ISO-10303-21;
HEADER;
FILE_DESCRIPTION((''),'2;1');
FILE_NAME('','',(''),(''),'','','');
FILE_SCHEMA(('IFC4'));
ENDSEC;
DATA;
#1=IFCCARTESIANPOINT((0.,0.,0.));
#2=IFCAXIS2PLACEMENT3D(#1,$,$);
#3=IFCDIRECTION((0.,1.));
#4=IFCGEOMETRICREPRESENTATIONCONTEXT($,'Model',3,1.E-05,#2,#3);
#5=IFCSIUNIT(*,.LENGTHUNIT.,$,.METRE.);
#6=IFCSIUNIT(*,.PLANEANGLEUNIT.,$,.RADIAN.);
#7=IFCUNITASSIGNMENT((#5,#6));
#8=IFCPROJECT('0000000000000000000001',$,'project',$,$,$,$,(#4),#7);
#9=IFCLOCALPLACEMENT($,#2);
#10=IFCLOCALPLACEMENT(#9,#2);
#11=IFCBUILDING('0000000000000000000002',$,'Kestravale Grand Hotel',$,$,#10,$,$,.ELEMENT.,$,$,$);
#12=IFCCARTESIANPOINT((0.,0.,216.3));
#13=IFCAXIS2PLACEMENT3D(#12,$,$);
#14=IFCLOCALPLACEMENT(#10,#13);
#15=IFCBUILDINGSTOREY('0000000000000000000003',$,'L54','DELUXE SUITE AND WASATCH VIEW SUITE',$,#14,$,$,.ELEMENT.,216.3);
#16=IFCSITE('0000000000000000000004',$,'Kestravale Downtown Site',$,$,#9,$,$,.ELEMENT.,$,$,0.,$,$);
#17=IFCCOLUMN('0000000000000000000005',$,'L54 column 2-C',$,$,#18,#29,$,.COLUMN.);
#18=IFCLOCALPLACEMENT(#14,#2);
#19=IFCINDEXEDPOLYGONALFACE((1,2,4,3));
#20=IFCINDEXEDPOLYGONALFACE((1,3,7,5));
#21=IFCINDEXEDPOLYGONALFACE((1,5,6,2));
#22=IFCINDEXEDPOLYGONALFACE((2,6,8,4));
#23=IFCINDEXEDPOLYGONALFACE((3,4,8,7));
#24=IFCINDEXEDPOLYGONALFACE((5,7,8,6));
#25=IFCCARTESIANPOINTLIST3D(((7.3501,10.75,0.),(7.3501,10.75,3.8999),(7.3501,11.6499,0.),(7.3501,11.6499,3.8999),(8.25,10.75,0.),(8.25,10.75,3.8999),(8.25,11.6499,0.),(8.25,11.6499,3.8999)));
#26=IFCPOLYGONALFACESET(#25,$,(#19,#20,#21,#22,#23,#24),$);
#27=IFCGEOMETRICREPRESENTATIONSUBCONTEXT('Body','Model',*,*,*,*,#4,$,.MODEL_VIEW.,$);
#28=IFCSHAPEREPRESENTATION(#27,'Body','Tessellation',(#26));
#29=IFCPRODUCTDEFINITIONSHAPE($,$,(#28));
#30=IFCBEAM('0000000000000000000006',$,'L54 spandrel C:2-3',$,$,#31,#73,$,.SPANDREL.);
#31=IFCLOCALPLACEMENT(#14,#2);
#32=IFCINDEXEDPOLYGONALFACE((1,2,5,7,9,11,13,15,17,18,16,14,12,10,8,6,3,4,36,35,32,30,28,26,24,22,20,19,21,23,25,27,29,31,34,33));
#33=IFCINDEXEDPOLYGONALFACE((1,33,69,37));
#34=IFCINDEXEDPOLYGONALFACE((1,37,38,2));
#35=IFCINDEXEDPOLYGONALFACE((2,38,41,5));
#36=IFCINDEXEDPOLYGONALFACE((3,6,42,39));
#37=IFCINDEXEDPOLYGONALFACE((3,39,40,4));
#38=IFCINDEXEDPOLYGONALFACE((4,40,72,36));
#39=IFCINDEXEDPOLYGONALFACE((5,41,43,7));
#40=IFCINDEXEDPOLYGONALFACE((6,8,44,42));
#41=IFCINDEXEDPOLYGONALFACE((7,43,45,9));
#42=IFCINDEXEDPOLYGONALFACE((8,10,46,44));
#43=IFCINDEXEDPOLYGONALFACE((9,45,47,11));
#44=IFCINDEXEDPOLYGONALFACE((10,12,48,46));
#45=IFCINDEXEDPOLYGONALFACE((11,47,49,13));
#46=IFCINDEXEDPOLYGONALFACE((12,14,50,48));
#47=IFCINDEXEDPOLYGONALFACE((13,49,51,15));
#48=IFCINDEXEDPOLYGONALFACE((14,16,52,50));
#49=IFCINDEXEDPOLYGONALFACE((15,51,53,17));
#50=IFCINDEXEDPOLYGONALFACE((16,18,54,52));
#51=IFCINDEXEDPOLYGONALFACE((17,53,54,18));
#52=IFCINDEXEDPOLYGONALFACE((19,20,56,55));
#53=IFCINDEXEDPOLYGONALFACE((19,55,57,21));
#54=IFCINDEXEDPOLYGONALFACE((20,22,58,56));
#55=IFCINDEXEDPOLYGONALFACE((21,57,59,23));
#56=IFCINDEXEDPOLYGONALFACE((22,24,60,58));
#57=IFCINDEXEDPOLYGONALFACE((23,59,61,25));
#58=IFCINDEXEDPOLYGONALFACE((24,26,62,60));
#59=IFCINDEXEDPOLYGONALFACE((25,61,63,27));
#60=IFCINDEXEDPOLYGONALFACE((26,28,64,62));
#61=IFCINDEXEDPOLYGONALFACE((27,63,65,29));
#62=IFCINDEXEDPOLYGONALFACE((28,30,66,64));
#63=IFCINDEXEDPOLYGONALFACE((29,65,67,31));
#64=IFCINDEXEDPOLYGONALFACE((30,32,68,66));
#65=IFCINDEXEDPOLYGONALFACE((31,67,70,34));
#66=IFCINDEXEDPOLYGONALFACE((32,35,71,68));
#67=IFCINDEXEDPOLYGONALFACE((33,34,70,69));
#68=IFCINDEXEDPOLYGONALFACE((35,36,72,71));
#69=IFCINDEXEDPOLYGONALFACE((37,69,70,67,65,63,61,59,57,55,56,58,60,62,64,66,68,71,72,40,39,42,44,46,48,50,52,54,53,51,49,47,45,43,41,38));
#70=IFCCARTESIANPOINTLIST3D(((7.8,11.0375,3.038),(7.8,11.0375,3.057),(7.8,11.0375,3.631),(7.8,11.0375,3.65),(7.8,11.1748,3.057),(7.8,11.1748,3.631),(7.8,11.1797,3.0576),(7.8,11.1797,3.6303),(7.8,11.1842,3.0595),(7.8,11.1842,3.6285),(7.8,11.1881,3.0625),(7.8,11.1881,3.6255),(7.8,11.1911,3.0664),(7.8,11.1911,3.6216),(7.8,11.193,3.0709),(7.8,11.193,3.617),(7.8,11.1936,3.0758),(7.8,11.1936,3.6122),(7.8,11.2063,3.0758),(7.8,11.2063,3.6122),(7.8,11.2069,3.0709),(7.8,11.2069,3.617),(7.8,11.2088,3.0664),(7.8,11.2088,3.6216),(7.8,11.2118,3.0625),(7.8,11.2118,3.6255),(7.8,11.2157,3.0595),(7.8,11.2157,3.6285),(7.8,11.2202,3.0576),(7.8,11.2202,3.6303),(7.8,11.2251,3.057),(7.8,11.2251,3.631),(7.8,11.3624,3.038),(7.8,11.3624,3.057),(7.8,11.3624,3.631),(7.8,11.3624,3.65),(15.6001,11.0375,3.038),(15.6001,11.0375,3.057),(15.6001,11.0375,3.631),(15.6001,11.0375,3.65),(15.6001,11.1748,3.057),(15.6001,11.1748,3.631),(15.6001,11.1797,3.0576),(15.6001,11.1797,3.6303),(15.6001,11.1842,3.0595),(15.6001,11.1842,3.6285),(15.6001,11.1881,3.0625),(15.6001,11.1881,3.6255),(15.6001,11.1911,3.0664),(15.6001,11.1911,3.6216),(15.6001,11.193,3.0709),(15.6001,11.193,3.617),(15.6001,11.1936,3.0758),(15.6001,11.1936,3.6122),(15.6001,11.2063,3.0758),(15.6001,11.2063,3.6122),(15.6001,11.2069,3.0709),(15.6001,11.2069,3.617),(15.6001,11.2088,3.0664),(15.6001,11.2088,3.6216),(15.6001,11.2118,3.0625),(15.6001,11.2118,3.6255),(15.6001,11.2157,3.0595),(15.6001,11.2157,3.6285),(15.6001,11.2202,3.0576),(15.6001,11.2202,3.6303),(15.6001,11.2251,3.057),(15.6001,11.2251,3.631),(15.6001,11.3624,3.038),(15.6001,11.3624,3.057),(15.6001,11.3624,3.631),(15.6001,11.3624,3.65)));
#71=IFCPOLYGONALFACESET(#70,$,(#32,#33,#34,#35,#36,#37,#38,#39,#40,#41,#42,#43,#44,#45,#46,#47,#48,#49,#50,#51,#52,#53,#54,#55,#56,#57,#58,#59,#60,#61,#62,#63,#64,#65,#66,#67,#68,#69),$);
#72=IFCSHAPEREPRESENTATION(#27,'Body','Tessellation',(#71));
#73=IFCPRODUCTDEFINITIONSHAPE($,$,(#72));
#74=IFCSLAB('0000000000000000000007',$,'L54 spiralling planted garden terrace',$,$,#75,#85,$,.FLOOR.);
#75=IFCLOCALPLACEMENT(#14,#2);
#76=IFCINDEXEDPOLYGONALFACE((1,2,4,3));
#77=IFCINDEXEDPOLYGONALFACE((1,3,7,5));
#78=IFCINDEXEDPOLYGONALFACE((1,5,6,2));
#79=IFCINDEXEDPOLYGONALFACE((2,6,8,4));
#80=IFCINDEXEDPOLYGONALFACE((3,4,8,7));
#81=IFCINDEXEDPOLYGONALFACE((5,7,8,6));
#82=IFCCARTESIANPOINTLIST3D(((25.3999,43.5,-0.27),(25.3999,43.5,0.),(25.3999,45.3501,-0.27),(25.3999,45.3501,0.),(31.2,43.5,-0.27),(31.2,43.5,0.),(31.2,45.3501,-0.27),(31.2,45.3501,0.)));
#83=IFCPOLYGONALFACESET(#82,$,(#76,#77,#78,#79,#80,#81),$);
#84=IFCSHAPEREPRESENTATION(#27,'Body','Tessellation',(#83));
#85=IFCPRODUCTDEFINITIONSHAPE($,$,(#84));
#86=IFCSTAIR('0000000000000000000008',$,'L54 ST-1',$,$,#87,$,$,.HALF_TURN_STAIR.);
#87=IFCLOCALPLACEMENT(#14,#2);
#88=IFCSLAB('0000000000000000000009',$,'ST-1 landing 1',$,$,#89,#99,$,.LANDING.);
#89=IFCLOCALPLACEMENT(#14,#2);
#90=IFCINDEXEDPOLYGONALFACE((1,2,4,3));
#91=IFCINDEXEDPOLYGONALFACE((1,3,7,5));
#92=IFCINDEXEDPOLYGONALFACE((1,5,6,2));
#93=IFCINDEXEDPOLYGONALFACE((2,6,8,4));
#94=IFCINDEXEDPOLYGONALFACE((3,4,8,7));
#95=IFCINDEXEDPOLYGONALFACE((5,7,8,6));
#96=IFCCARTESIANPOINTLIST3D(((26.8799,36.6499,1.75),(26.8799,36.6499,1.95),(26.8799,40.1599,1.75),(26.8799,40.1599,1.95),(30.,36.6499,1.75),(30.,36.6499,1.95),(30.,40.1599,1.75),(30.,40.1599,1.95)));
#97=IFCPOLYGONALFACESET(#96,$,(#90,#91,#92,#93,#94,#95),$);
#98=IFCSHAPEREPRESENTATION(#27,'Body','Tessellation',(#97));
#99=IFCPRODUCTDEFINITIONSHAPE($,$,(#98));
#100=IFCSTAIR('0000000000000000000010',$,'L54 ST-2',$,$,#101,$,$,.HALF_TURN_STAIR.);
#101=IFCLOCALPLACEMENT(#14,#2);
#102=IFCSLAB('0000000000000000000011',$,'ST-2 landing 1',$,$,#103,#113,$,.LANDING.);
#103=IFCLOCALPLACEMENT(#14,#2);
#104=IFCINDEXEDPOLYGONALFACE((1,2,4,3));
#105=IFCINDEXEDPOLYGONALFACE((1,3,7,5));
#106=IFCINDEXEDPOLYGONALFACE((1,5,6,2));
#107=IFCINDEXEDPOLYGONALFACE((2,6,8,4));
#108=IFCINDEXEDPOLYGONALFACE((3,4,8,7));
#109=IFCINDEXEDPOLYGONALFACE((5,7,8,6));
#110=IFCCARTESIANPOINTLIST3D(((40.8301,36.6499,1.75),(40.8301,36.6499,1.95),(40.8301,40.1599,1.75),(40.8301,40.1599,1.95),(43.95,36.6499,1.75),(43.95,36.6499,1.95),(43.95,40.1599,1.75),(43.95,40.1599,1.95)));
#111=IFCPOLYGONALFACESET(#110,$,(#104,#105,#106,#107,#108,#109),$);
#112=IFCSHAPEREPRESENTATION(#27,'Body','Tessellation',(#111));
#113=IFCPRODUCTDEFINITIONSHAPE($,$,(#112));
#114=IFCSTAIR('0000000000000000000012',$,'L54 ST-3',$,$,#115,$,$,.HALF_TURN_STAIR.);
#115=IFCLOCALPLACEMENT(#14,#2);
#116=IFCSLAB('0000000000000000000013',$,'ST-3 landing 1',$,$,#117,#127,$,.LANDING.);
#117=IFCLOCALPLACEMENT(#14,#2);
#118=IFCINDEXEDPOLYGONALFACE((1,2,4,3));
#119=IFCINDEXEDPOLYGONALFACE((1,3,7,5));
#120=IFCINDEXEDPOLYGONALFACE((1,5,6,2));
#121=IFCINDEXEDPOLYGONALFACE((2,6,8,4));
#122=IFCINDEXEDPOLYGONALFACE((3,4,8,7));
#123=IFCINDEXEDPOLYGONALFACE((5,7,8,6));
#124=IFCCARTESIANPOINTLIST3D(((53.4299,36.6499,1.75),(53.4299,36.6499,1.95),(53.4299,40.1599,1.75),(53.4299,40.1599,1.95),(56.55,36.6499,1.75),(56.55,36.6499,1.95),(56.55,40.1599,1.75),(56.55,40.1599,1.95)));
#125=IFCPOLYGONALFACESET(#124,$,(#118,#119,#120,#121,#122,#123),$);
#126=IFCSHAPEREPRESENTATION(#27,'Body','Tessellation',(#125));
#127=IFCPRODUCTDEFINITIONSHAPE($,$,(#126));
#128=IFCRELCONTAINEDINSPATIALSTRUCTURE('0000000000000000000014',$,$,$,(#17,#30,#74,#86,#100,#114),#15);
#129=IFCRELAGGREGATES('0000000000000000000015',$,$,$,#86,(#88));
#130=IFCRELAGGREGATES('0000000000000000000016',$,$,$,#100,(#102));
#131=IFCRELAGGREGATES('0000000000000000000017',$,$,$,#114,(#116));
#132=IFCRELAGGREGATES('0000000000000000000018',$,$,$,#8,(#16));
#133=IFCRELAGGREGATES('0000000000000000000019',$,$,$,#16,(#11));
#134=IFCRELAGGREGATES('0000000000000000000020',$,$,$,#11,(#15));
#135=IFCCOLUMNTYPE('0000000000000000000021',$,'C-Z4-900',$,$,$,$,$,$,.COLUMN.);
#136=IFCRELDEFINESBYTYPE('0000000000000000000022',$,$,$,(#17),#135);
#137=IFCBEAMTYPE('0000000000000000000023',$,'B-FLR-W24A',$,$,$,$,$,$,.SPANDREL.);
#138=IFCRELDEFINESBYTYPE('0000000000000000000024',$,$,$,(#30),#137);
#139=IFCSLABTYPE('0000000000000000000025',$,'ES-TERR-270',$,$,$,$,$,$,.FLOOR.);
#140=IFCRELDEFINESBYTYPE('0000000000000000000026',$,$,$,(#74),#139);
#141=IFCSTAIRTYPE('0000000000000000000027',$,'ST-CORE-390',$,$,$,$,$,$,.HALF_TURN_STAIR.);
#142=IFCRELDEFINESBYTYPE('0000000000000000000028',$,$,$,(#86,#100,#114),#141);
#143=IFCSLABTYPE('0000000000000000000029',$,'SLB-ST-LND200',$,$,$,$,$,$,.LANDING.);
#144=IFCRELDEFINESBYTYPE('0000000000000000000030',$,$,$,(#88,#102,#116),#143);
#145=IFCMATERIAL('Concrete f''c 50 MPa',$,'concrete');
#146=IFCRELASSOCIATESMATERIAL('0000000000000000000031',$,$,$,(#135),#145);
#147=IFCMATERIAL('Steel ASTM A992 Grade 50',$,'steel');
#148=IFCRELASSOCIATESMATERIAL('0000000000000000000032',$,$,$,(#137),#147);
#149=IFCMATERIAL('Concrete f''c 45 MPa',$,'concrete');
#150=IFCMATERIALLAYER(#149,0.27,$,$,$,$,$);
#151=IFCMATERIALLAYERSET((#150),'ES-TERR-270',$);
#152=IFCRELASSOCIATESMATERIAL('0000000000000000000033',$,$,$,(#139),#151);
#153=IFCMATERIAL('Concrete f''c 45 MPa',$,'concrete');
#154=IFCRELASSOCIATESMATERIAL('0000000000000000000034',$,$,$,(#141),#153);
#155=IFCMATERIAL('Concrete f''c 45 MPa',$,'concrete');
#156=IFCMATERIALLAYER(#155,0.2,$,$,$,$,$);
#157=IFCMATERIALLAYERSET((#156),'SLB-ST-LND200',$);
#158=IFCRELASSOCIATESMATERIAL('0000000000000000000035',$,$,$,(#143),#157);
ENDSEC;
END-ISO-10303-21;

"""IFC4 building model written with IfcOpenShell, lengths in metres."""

from ifc_helpers import new_model, si_unit, direction, frame, origin, origin_2d, place, context, subcontext, project, spatial, polyline, rectangle, i_section, outline, extrude, material, layer, layer_set, material_profile, profile_set, type_object, element, aggregate, save


model = new_model("IFC4")

# Units and contexts
model_context = context("Model", 3, precision=1e-05, world=origin(), true_north=direction((0.0, 1.0)))
body_context = subcontext(model_context, "Body", "Model", "MODEL_VIEW")
ifc_project = project(units=[si_unit("LENGTHUNIT", "METRE"), si_unit("PLANEANGLEUNIT", "RADIAN")], contexts=[model_context])

# Site, building, storey
site_placement = place(None, origin())
site = spatial("IfcSite", under=ifc_project, at=site_placement, Name="Kestravale Downtown Site", CompositionType="ELEMENT", RefElevation=0.0)
building_placement = place(site_placement, origin())
building = spatial("IfcBuilding", under=site, at=building_placement, Name="Kestravale Grand Hotel", CompositionType="ELEMENT")
storey_placement = place(building_placement, frame((0.0, 0.0, 216.3)))
storey = spatial("IfcBuildingStorey", under=building, at=storey_placement, Name="L54", Description="DELUXE SUITE AND WASATCH VIEW SUITE", CompositionType="ELEMENT", Elevation=216.3)

# Column
ifc_material_1 = material(Name="Concrete f'c 50 MPa", Category="concrete")
ifc_material_profile_1 = material_profile(ifc_material_1, rectangle(XDim=0.8999, YDim=0.8999, at=origin_2d()))
ifc_profile_set_1 = profile_set([ifc_material_profile_1], Name="Concrete f'c 50 MPa")
column_type = type_object("IfcColumnType", Name="C-Z4-900", PredefinedType="COLUMN", material=ifc_profile_set_1)
column_placement = place(storey_placement, frame((7.8, 11.2, 0.0), z_axis=(0.0, 0.0, 1.0), x_axis=(1.0, 0.0, 0.0)))
element("IfcColumn", 1, at=column_placement, inside=storey, type_object=column_type, Name="L54 column 2-C", PredefinedType="COLUMN", context=body_context, shape_type="SweptSolid", body=[
    extrude(rectangle(XDim=0.8999, YDim=0.8999, at=origin_2d()), origin(), (0.0, 0.0, 1.0), 3.8999),
])

# Beam
ifc_material_2 = material(Name="Steel ASTM A992 Grade 50", Category="steel")
ifc_material_profile_2 = material_profile(ifc_material_2, i_section(OverallWidth=0.325, OverallDepth=0.6121, WebThickness=0.0127, FlangeThickness=0.019, FilletRadius=0.0188, at=origin_2d()))
ifc_profile_set_2 = profile_set([ifc_material_profile_2], Name="Steel ASTM A992 Grade 50")
beam_type = type_object("IfcBeamType", Name="B-FLR-W24A", PredefinedType="SPANDREL", material=ifc_profile_set_2)
beam_placement = place(storey_placement, frame((7.8, 11.2, 3.344), z_axis=(1.0, 0.0, 0.0), x_axis=(0.0, 1.0, 0.0)))
element("IfcBeam", 2, at=beam_placement, inside=storey, type_object=beam_type, Name="L54 spandrel C:2-3", PredefinedType="SPANDREL", context=body_context, shape_type="SweptSolid", body=[
    extrude(i_section(OverallWidth=0.325, OverallDepth=0.6121, WebThickness=0.0127, FlangeThickness=0.019, FilletRadius=0.0188, at=origin_2d()), origin(), (0.0, 0.0, 1.0), 7.8),
])

# Slab
ifc_material_3 = material(Name="Concrete f'c 45 MPa", Category="concrete")
ifc_layer_1 = layer(ifc_material_3, 0.27)
ifc_layer_set_1 = layer_set([ifc_layer_1], Name="ES-TERR-270")
slab_type_1 = type_object("IfcSlabType", Name="ES-TERR-270", PredefinedType="FLOOR", material=ifc_layer_set_1)
slab_1_placement = place(storey_placement, frame((0.0, 0.0, -0.27)))
element("IfcSlab", 3, at=slab_1_placement, inside=storey, type_object=slab_type_1, Name="L54 spiralling planted garden terrace", PredefinedType="FLOOR", context=body_context, shape_type="SweptSolid", body=[
    extrude(outline(polyline([(25.3999, 43.5), (31.2, 43.5), (31.2, 45.3501), (25.3999, 45.3501), (25.3999, 43.5)])), origin(), (0.0, 0.0, 1.0), 0.27),
])

# Stairs, slabs
ifc_material_4 = material(Name="Concrete f'c 45 MPa", Category="concrete")
stair_type = type_object("IfcStairType", Name="ST-CORE-390", PredefinedType="HALF_TURN_STAIR", material=ifc_material_4)
stair_1_placement = place(storey_placement, origin())
stair_1 = element("IfcStair", 4, at=stair_1_placement, inside=storey, type_object=stair_type, Name="L54 ST-1", PredefinedType="HALF_TURN_STAIR")
ifc_material_5 = material(Name="Concrete f'c 45 MPa", Category="concrete")
ifc_layer_2 = layer(ifc_material_5, 0.2)
ifc_layer_set_2 = layer_set([ifc_layer_2], Name="SLB-ST-LND200")
slab_type_2 = type_object("IfcSlabType", Name="SLB-ST-LND200", PredefinedType="LANDING", material=ifc_layer_set_2)
slab_2_placement = place(storey_placement, frame((0.0, 0.0, 1.75)))
slab_2 = element("IfcSlab", 5, at=slab_2_placement, type_object=slab_type_2, Name="ST-1 landing 1", PredefinedType="LANDING", context=body_context, shape_type="SweptSolid", body=[
    extrude(outline(polyline([(26.8799, 36.6499), (30.0, 36.6499), (30.0, 40.1599), (26.8799, 40.1599), (26.8799, 36.6499)])), origin(), (0.0, 0.0, 1.0), 0.2),
])
aggregate(stair_1, [slab_2])
stair_2_placement = place(storey_placement, origin())
stair_2 = element("IfcStair", 6, at=stair_2_placement, inside=storey, type_object=stair_type, Name="L54 ST-2", PredefinedType="HALF_TURN_STAIR")
slab_3_placement = place(storey_placement, frame((0.0, 0.0, 1.75)))
slab_3 = element("IfcSlab", 7, at=slab_3_placement, type_object=slab_type_2, Name="ST-2 landing 1", PredefinedType="LANDING", context=body_context, shape_type="SweptSolid", body=[
    extrude(outline(polyline([(40.8301, 36.6499), (43.95, 36.6499), (43.95, 40.1599), (40.8301, 40.1599), (40.8301, 36.6499)])), origin(), (0.0, 0.0, 1.0), 0.2),
])
aggregate(stair_2, [slab_3])
stair_3_placement = place(storey_placement, origin())
stair_3 = element("IfcStair", 8, at=stair_3_placement, inside=storey, type_object=stair_type, Name="L54 ST-3", PredefinedType="HALF_TURN_STAIR")
slab_4_placement = place(storey_placement, frame((0.0, 0.0, 1.75)))
slab_4 = element("IfcSlab", 9, at=slab_4_placement, type_object=slab_type_2, Name="ST-3 landing 1", PredefinedType="LANDING", context=body_context, shape_type="SweptSolid", body=[
    extrude(outline(polyline([(53.4299, 36.6499), (56.55, 36.6499), (56.55, 40.1599), (53.4299, 40.1599), (53.4299, 36.6499)])), origin(), (0.0, 0.0, 1.0), 0.2),
])
aggregate(stair_3, [slab_4])

save(model, "model.ifc")
